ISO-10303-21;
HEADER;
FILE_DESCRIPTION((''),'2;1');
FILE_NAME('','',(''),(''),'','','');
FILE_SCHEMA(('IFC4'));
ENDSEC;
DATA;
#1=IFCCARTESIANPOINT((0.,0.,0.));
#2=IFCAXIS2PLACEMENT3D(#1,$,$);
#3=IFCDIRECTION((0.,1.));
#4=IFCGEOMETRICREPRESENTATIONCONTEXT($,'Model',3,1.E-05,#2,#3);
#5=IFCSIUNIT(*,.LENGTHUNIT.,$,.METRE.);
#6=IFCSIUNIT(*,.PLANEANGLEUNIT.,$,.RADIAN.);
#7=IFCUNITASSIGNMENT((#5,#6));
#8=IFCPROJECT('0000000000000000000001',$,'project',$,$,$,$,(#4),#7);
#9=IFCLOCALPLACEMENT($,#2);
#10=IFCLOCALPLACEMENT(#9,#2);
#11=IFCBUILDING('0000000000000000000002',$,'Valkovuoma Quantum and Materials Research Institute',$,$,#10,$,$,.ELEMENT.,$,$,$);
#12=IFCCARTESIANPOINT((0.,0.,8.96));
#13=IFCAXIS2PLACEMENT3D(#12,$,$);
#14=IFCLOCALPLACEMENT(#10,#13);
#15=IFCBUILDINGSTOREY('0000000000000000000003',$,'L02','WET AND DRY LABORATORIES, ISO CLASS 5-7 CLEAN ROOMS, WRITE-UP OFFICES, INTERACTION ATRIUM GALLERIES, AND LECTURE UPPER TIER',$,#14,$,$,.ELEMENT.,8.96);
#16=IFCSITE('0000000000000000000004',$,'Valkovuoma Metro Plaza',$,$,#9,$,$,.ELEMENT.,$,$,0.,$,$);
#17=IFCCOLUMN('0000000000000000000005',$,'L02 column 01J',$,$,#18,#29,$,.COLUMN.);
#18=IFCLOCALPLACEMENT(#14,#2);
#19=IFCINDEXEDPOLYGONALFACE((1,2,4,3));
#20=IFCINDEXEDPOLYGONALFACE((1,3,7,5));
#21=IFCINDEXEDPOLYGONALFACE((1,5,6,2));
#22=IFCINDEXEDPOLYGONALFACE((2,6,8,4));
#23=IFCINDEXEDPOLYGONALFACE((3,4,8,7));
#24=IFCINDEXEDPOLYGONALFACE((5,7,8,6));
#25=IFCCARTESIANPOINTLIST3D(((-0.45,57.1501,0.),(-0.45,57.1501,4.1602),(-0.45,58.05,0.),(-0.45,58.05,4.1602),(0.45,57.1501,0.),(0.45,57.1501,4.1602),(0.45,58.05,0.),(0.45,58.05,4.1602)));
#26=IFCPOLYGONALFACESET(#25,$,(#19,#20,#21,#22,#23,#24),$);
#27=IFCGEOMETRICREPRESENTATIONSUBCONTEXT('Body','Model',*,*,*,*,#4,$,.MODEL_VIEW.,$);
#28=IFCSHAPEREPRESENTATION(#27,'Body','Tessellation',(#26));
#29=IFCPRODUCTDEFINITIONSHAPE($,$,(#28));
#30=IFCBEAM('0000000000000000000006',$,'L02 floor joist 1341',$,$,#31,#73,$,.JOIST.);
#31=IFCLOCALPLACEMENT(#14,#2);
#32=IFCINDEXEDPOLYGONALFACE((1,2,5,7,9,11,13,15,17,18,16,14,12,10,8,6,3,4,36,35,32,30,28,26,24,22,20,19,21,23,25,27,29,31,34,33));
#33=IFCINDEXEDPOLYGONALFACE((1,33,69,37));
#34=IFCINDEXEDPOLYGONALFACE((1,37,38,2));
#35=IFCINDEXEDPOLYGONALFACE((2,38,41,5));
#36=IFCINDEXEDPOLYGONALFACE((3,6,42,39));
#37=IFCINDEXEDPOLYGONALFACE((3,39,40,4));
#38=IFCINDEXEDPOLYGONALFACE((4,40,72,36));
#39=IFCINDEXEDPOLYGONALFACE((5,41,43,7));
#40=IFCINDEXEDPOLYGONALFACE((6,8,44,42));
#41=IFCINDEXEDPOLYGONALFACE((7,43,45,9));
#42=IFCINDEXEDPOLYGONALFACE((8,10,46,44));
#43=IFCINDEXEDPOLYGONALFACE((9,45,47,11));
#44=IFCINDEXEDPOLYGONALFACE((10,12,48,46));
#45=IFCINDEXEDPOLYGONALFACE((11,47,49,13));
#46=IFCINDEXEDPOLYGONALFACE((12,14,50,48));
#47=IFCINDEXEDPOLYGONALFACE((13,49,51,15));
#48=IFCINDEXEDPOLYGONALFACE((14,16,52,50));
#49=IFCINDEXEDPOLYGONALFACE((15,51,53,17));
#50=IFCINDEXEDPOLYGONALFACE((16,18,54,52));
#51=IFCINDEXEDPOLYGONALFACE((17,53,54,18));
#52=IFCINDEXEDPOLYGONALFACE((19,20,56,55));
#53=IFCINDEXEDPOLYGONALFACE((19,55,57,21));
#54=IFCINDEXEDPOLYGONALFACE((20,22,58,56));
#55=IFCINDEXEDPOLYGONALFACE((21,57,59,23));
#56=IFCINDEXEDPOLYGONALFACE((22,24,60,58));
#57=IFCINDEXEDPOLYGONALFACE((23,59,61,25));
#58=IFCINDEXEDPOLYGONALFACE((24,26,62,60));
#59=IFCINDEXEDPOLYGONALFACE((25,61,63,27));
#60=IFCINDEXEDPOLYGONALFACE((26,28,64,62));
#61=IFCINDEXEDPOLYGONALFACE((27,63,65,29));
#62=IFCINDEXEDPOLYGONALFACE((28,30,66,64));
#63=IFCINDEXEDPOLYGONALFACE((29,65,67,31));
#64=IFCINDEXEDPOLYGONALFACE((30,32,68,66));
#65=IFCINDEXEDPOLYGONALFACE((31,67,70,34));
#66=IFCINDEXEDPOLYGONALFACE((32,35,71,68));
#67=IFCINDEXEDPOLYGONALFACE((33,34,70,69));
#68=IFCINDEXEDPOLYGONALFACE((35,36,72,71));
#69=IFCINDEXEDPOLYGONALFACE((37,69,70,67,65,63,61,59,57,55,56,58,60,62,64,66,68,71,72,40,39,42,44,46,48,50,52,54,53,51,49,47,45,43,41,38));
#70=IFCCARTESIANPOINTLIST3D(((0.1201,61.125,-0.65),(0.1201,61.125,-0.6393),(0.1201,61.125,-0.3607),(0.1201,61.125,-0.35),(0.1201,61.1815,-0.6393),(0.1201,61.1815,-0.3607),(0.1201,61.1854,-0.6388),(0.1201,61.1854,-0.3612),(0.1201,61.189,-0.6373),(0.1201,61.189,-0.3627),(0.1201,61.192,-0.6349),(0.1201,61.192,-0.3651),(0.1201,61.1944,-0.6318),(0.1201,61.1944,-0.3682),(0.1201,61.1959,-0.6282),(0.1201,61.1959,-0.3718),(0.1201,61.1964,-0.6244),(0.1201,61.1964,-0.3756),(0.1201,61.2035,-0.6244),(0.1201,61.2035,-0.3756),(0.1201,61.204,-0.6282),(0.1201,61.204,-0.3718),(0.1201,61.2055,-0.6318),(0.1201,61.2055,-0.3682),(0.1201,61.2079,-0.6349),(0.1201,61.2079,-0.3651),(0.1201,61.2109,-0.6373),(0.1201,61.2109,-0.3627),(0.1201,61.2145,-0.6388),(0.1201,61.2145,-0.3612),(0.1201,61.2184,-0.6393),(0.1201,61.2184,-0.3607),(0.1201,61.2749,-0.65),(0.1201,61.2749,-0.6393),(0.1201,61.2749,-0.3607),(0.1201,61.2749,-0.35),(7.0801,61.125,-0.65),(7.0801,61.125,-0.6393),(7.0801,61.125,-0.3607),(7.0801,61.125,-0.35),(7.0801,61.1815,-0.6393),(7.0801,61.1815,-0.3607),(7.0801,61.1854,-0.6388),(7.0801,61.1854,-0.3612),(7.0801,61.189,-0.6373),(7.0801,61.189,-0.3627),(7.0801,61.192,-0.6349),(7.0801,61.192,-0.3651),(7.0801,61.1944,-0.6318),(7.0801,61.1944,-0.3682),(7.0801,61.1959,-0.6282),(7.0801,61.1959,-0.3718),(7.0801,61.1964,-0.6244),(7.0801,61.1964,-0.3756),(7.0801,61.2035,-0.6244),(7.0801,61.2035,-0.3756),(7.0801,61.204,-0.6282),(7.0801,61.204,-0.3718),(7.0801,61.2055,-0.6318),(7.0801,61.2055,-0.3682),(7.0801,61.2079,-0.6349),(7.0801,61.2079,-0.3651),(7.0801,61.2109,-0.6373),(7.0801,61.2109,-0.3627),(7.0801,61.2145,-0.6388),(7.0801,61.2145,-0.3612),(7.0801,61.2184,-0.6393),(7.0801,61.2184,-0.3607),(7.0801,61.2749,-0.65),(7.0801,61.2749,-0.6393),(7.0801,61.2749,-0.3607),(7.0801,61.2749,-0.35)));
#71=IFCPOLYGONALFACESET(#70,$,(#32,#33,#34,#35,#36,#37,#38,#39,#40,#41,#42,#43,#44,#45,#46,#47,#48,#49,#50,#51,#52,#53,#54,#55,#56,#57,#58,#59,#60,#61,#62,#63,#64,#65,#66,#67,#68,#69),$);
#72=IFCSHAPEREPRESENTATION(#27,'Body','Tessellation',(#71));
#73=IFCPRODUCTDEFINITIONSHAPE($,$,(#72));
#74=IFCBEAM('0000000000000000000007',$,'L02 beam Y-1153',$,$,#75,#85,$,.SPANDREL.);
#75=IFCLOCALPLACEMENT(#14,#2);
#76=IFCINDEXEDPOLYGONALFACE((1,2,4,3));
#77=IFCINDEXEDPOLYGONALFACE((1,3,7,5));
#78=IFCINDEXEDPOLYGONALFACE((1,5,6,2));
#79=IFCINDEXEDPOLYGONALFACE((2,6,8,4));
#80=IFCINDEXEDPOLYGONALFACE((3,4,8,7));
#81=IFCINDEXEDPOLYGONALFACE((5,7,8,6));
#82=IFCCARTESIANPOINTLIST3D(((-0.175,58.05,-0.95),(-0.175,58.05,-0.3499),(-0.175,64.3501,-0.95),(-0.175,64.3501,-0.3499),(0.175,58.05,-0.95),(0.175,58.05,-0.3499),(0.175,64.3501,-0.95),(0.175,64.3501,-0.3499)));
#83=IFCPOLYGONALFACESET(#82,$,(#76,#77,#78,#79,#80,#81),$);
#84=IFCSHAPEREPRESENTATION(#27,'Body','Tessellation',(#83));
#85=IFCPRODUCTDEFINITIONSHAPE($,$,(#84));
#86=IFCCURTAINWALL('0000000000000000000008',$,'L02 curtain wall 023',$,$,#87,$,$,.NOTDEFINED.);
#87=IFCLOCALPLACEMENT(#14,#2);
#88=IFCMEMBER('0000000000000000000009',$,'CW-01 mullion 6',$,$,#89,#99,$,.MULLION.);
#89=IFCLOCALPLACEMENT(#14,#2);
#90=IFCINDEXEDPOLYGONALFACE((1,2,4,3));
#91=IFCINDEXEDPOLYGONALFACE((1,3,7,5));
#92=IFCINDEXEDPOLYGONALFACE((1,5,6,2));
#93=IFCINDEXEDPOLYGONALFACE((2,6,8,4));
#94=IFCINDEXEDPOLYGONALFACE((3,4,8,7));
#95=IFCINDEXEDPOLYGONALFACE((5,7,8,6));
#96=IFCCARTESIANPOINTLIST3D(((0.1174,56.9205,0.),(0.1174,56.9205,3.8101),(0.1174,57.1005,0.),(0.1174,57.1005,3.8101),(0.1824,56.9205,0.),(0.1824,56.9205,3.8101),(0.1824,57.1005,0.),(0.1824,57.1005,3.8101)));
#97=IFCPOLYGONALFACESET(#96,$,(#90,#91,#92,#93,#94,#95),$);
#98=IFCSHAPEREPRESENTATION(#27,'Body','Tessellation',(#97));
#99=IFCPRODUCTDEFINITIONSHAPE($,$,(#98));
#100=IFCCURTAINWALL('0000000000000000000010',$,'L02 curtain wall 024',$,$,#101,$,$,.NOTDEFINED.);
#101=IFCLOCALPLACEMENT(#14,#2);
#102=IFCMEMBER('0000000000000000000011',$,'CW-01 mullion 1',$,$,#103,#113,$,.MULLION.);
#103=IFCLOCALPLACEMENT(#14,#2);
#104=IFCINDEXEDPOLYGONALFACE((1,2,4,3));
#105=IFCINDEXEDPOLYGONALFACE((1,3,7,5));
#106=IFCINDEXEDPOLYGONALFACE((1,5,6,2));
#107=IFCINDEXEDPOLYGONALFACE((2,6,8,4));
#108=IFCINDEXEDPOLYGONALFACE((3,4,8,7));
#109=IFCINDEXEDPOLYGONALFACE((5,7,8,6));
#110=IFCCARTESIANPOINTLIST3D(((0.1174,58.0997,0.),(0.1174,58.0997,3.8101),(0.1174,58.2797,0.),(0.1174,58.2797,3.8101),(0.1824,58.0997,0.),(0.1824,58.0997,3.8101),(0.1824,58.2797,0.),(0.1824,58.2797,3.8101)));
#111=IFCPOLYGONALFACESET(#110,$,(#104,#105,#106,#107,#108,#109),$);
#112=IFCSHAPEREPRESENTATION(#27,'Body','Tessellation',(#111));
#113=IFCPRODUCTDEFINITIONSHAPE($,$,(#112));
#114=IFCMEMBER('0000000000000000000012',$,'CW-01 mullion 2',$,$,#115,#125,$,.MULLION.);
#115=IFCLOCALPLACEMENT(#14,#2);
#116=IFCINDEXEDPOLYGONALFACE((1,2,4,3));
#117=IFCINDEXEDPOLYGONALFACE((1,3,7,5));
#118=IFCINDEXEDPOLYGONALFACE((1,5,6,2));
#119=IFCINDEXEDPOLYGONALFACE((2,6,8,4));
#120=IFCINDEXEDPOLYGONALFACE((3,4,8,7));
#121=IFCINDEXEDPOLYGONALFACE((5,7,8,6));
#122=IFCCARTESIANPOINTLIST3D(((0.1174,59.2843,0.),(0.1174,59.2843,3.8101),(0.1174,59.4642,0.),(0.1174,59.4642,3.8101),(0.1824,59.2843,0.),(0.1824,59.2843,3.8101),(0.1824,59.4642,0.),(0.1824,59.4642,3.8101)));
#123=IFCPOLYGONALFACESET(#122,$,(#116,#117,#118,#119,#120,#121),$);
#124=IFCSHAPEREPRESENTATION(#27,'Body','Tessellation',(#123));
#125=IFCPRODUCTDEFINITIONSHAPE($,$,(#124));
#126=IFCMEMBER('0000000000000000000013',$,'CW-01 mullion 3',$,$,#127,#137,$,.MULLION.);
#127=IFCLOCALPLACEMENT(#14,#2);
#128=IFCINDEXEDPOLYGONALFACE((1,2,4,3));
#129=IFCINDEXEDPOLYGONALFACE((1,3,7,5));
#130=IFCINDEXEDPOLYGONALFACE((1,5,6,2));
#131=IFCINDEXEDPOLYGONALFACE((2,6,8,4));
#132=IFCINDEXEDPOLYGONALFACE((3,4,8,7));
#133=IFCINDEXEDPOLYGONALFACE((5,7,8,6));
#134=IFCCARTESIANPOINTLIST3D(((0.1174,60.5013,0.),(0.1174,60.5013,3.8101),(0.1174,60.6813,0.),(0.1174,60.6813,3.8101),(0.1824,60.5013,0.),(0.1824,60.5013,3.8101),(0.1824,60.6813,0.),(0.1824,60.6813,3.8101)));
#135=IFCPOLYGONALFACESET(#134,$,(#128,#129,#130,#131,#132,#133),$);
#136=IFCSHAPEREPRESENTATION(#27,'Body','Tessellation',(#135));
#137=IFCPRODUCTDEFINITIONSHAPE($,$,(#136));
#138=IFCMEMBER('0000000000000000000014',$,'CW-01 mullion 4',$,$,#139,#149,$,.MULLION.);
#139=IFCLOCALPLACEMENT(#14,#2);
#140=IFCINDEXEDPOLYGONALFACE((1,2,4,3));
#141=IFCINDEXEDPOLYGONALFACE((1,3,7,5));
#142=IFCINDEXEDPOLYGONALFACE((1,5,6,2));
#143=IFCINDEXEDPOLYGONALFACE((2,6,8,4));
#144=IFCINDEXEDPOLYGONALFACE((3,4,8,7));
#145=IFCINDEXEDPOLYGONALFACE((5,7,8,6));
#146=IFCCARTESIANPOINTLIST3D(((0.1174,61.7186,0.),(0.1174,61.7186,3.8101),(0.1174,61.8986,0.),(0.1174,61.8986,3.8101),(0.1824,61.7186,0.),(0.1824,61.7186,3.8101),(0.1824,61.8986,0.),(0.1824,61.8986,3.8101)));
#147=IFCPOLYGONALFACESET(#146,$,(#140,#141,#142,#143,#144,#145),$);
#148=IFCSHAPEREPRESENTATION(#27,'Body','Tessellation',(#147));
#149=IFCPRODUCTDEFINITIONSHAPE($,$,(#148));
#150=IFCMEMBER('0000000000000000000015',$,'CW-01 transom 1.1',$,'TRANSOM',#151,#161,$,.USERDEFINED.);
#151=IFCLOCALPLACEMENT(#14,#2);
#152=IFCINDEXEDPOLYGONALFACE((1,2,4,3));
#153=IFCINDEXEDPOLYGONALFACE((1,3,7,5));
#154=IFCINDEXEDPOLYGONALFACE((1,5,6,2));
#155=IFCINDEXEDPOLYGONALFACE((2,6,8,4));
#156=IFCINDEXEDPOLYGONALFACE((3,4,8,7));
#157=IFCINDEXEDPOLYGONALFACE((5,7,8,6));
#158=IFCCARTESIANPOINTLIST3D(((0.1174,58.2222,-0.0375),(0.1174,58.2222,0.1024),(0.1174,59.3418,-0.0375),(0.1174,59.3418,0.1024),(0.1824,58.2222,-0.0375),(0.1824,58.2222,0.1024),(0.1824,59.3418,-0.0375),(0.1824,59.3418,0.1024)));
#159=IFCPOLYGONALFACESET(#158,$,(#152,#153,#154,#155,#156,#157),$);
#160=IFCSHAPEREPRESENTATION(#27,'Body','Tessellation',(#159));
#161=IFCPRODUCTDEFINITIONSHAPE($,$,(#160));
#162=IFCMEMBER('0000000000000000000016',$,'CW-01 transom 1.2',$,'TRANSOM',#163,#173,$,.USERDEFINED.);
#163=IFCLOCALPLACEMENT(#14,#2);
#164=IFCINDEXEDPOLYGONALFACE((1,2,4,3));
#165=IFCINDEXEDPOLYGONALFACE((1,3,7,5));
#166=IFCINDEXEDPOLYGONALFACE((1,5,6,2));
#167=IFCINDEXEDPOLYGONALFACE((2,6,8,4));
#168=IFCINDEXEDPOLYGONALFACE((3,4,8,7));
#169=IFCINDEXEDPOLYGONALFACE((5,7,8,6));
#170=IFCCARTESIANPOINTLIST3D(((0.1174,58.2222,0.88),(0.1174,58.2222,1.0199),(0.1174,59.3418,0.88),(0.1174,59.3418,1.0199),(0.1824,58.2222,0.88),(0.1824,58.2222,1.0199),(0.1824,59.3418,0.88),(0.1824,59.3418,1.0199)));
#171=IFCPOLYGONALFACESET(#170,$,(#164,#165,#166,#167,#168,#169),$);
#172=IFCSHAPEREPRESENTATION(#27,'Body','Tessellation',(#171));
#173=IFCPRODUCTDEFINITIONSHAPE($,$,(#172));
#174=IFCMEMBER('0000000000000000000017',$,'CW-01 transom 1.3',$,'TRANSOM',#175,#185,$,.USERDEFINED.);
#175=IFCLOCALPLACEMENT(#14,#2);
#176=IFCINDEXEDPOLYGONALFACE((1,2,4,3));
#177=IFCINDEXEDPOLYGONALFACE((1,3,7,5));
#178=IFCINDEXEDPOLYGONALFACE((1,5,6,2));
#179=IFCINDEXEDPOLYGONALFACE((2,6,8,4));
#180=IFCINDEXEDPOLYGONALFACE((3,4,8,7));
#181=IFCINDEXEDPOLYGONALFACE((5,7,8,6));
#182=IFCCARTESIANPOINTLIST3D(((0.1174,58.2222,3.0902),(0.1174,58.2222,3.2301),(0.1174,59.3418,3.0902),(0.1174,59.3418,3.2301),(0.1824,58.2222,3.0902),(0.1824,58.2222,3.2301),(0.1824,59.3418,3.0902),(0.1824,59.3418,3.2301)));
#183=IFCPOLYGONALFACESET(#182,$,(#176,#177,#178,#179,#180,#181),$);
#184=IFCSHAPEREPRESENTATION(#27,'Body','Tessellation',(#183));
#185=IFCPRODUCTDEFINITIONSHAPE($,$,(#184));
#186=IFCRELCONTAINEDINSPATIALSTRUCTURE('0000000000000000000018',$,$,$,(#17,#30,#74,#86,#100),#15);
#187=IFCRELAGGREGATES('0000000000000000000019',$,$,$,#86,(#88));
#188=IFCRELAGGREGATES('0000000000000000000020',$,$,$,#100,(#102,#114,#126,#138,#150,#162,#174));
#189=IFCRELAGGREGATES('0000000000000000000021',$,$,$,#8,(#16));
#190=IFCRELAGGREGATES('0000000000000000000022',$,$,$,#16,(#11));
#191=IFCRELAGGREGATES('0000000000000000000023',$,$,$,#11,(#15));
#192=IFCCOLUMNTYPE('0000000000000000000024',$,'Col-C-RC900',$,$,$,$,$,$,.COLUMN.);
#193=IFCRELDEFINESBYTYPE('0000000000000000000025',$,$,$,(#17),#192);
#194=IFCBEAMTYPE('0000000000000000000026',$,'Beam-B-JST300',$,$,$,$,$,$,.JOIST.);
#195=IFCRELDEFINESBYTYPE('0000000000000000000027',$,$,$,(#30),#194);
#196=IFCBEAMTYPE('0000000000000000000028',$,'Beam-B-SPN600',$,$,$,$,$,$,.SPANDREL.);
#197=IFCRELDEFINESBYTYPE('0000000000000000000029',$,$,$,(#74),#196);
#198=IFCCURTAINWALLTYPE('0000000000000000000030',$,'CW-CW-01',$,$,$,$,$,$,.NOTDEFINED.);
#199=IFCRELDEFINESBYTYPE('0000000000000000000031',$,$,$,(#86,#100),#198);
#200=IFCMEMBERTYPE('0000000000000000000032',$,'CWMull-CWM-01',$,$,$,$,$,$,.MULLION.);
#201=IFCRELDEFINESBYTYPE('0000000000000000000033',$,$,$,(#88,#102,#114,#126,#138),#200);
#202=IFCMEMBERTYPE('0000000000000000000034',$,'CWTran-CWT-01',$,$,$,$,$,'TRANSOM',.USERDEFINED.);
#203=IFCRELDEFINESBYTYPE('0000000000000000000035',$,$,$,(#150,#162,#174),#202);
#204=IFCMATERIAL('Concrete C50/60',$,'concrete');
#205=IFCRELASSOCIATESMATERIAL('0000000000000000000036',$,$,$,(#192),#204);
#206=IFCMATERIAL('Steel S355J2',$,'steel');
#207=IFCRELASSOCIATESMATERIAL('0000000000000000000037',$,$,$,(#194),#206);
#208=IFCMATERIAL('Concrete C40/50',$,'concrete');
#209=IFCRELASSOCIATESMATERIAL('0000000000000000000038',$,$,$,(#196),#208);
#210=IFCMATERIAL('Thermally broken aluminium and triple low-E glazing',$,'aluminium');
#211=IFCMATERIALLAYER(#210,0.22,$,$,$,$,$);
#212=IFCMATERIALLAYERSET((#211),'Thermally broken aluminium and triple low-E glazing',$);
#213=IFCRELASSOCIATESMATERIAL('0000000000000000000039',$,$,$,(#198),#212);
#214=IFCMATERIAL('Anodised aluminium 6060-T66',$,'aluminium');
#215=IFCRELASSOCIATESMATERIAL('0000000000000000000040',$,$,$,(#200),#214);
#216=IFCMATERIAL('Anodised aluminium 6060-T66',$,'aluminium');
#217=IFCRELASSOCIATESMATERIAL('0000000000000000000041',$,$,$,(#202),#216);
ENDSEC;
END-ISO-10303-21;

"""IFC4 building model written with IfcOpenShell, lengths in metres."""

from ifc_helpers import new_model, si_unit, direction, frame, origin, origin_2d, place, context, subcontext, project, spatial, rectangle, i_section, extrude, material, layer, layer_set, material_profile, profile_set, type_object, element, aggregate, save


model = new_model("IFC4")

# Units and contexts
model_context = context("Model", 3, precision=1e-05, world=origin(), true_north=direction((0.0, 1.0)))
body_context = subcontext(model_context, "Body", "Model", "MODEL_VIEW")
ifc_project = project(units=[si_unit("LENGTHUNIT", "METRE"), si_unit("PLANEANGLEUNIT", "RADIAN")], contexts=[model_context])

# Site, building, storey
site_placement = place(None, origin())
site = spatial("IfcSite", under=ifc_project, at=site_placement, Name="Valkovuoma Metro Plaza", CompositionType="ELEMENT", RefElevation=0.0)
building_placement = place(site_placement, origin())
building = spatial("IfcBuilding", under=site, at=building_placement, Name="Valkovuoma Quantum and Materials Research Institute", CompositionType="ELEMENT")
storey_placement = place(building_placement, frame((0.0, 0.0, 8.96)))
storey = spatial("IfcBuildingStorey", under=building, at=storey_placement, Name="L02", Description="WET AND DRY LABORATORIES, ISO CLASS 5-7 CLEAN ROOMS, WRITE-UP OFFICES, INTERACTION ATRIUM GALLERIES, AND LECTURE UPPER TIER", CompositionType="ELEMENT", Elevation=8.96)

# Column
ifc_material_1 = material(Name="Concrete C50/60", Category="concrete")
ifc_material_profile_1 = material_profile(ifc_material_1, rectangle(XDim=0.8999, YDim=0.8999, at=origin_2d()), Name="Concrete C50/60")
ifc_profile_set_1 = profile_set([ifc_material_profile_1], Name="Concrete C50/60")
column_type = type_object("IfcColumnType", Name="Col-C-RC900", PredefinedType="COLUMN", material=ifc_profile_set_1)
column_placement = place(storey_placement, frame((0.0, 57.6001, 0.0), z_axis=(0.0, 0.0, 1.0), x_axis=(1.0, 0.0, 0.0)))
element("IfcColumn", 1, at=column_placement, inside=storey, type_object=column_type, Name="L02 column 01J", PredefinedType="COLUMN", context=body_context, shape_type="SweptSolid", body=[
    extrude(rectangle(XDim=0.8999, YDim=0.8999, at=origin_2d()), origin(), (0.0, 0.0, 1.0), 4.1602),
])

# Beams
ifc_material_2 = material(Name="Steel S355J2", Category="steel")
ifc_material_profile_2 = material_profile(ifc_material_2, i_section(OverallWidth=0.1499, OverallDepth=0.3, WebThickness=0.0071, FlangeThickness=0.0107, FilletRadius=0.0149, at=origin_2d()), Name="Steel S355J2")
ifc_profile_set_2 = profile_set([ifc_material_profile_2], Name="Steel S355J2")
beam_type_1 = type_object("IfcBeamType", Name="Beam-B-JST300", PredefinedType="JOIST", material=ifc_profile_set_2)
beam_1_placement = place(storey_placement, frame((0.1201, 61.2, -0.5), z_axis=(1.0, 0.0, 0.0), x_axis=(0.0, 1.0, 0.0)))
element("IfcBeam", 2, at=beam_1_placement, inside=storey, type_object=beam_type_1, Name="L02 floor joist 1341", PredefinedType="JOIST", context=body_context, shape_type="SweptSolid", body=[
    extrude(i_section(OverallWidth=0.1499, OverallDepth=0.3, WebThickness=0.0071, FlangeThickness=0.0107, FilletRadius=0.0149, at=origin_2d()), origin(), (0.0, 0.0, 1.0), 6.96),
])
ifc_material_3 = material(Name="Concrete C40/50", Category="concrete")
ifc_material_profile_3 = material_profile(ifc_material_3, rectangle(XDim=0.3501, YDim=0.6001, at=origin_2d()), Name="Concrete C40/50")
ifc_profile_set_3 = profile_set([ifc_material_profile_3], Name="Concrete C40/50")
beam_type_2 = type_object("IfcBeamType", Name="Beam-B-SPN600", PredefinedType="SPANDREL", material=ifc_profile_set_3)
beam_2_placement = place(storey_placement, frame((0.0, 58.05, -0.6499), z_axis=(0.0, 1.0, 0.0), x_axis=(-1.0, 0.0, 0.0)))
element("IfcBeam", 3, at=beam_2_placement, inside=storey, type_object=beam_type_2, Name="L02 beam Y-1153", PredefinedType="SPANDREL", context=body_context, shape_type="SweptSolid", body=[
    extrude(rectangle(XDim=0.3501, YDim=0.6001, at=origin_2d()), origin(), (0.0, 0.0, 1.0), 6.3),
])

# Curtain wall, member
ifc_material_4 = material(Name="Thermally broken aluminium and triple low-E glazing", Category="aluminium")
ifc_layer_1 = layer(ifc_material_4, 0.22)
ifc_layer_set_1 = layer_set([ifc_layer_1], Name="Thermally broken aluminium and triple low-E glazing")
curtain_wall_type = type_object("IfcCurtainWallType", Name="CW-CW-01", PredefinedType="NOTDEFINED", material=ifc_layer_set_1)
curtain_wall_1_placement = place(storey_placement, origin())
curtain_wall_1 = element("IfcCurtainWall", 4, at=curtain_wall_1_placement, inside=storey, type_object=curtain_wall_type, Name="L02 curtain wall 023", PredefinedType="NOTDEFINED")
ifc_material_5 = material(Name="Anodised aluminium 6060-T66", Category="aluminium")
ifc_material_profile_4 = material_profile(ifc_material_5, rectangle(XDim=0.0649, YDim=0.1799, at=origin_2d()), Name="Anodised aluminium 6060-T66")
ifc_profile_set_4 = profile_set([ifc_material_profile_4], Name="Anodised aluminium 6060-T66")
member_type_1 = type_object("IfcMemberType", Name="CWMull-CWM-01", PredefinedType="MULLION", material=ifc_profile_set_4)
member_1_placement = place(storey_placement, frame((0.1499, 57.0105, 0.0), z_axis=(0.0, 0.0, 1.0), x_axis=(-1.0, 0.0, 0.0)))
member_1 = element("IfcMember", 5, at=member_1_placement, type_object=member_type_1, Name="CW-01 mullion 6", PredefinedType="MULLION", context=body_context, shape_type="SweptSolid", body=[
    extrude(rectangle(XDim=0.0649, YDim=0.1799, at=origin_2d()), origin(), (0.0, 0.0, 1.0), 3.8101),
])
aggregate(curtain_wall_1, [member_1])

# Curtain wall, members
curtain_wall_2_placement = place(storey_placement, origin())
curtain_wall_2 = element("IfcCurtainWall", 6, at=curtain_wall_2_placement, inside=storey, type_object=curtain_wall_type, Name="L02 curtain wall 024", PredefinedType="NOTDEFINED")
member_2_placement = place(storey_placement, frame((0.1499, 58.1897, 0.0), z_axis=(0.0, 0.0, 1.0), x_axis=(-1.0, 0.0, 0.0)))
member_2 = element("IfcMember", 7, at=member_2_placement, type_object=member_type_1, Name="CW-01 mullion 1", PredefinedType="MULLION", context=body_context, shape_type="SweptSolid", body=[
    extrude(rectangle(XDim=0.0649, YDim=0.1799, at=origin_2d()), origin(), (0.0, 0.0, 1.0), 3.8101),
])
member_3_placement = place(storey_placement, frame((0.1499, 59.3743, 0.0), z_axis=(0.0, 0.0, 1.0), x_axis=(-1.0, 0.0, 0.0)))
member_3 = element("IfcMember", 8, at=member_3_placement, type_object=member_type_1, Name="CW-01 mullion 2", PredefinedType="MULLION", context=body_context, shape_type="SweptSolid", body=[
    extrude(rectangle(XDim=0.0649, YDim=0.1799, at=origin_2d()), origin(), (0.0, 0.0, 1.0), 3.8101),
])
member_4_placement = place(storey_placement, frame((0.1499, 60.5913, 0.0), z_axis=(0.0, 0.0, 1.0), x_axis=(-1.0, 0.0, 0.0)))
member_4 = element("IfcMember", 9, at=member_4_placement, type_object=member_type_1, Name="CW-01 mullion 3", PredefinedType="MULLION", context=body_context, shape_type="SweptSolid", body=[
    extrude(rectangle(XDim=0.0649, YDim=0.1799, at=origin_2d()), origin(), (0.0, 0.0, 1.0), 3.8101),
])
member_5_placement = place(storey_placement, frame((0.1499, 61.8086, 0.0), z_axis=(0.0, 0.0, 1.0), x_axis=(-1.0, 0.0, 0.0)))
member_5 = element("IfcMember", 10, at=member_5_placement, type_object=member_type_1, Name="CW-01 mullion 4", PredefinedType="MULLION", context=body_context, shape_type="SweptSolid", body=[
    extrude(rectangle(XDim=0.0649, YDim=0.1799, at=origin_2d()), origin(), (0.0, 0.0, 1.0), 3.8101),
])
ifc_material_6 = material(Name="Anodised aluminium 6060-T66", Category="aluminium")
ifc_material_profile_5 = material_profile(ifc_material_6, rectangle(XDim=0.0649, YDim=0.1399, at=origin_2d()), Name="Anodised aluminium 6060-T66")
ifc_profile_set_5 = profile_set([ifc_material_profile_5], Name="Anodised aluminium 6060-T66")
member_type_2 = type_object("IfcMemberType", Name="CWTran-CWT-01", ElementType="TRANSOM", PredefinedType="USERDEFINED", material=ifc_profile_set_5)
member_6_placement = place(storey_placement, frame((0.1499, 58.2222, 0.0325), z_axis=(0.0, 1.0, 0.0), x_axis=(-1.0, 0.0, 0.0)))
member_6 = element("IfcMember", 11, at=member_6_placement, type_object=member_type_2, Name="CW-01 transom 1.1", ObjectType="TRANSOM", PredefinedType="USERDEFINED", context=body_context, shape_type="SweptSolid", body=[
    extrude(rectangle(XDim=0.0649, YDim=0.1399, at=origin_2d()), origin(), (0.0, 0.0, 1.0), 1.1196),
])
member_7_placement = place(storey_placement, frame((0.1499, 58.2222, 0.95), z_axis=(0.0, 1.0, 0.0), x_axis=(-1.0, 0.0, 0.0)))
member_7 = element("IfcMember", 12, at=member_7_placement, type_object=member_type_2, Name="CW-01 transom 1.2", ObjectType="TRANSOM", PredefinedType="USERDEFINED", context=body_context, shape_type="SweptSolid", body=[
    extrude(rectangle(XDim=0.0649, YDim=0.1399, at=origin_2d()), origin(), (0.0, 0.0, 1.0), 1.1196),
])
member_8_placement = place(storey_placement, frame((0.1499, 58.2222, 3.1602), z_axis=(0.0, 1.0, 0.0), x_axis=(-1.0, 0.0, 0.0)))
member_8 = element("IfcMember", 13, at=member_8_placement, type_object=member_type_2, Name="CW-01 transom 1.3", ObjectType="TRANSOM", PredefinedType="USERDEFINED", context=body_context, shape_type="SweptSolid", body=[
    extrude(rectangle(XDim=0.0649, YDim=0.1399, at=origin_2d()), origin(), (0.0, 0.0, 1.0), 1.1196),
])
aggregate(curtain_wall_2, [member_2, member_3, member_4, member_5, member_6, member_7, member_8])

save(model, "model.ifc")
